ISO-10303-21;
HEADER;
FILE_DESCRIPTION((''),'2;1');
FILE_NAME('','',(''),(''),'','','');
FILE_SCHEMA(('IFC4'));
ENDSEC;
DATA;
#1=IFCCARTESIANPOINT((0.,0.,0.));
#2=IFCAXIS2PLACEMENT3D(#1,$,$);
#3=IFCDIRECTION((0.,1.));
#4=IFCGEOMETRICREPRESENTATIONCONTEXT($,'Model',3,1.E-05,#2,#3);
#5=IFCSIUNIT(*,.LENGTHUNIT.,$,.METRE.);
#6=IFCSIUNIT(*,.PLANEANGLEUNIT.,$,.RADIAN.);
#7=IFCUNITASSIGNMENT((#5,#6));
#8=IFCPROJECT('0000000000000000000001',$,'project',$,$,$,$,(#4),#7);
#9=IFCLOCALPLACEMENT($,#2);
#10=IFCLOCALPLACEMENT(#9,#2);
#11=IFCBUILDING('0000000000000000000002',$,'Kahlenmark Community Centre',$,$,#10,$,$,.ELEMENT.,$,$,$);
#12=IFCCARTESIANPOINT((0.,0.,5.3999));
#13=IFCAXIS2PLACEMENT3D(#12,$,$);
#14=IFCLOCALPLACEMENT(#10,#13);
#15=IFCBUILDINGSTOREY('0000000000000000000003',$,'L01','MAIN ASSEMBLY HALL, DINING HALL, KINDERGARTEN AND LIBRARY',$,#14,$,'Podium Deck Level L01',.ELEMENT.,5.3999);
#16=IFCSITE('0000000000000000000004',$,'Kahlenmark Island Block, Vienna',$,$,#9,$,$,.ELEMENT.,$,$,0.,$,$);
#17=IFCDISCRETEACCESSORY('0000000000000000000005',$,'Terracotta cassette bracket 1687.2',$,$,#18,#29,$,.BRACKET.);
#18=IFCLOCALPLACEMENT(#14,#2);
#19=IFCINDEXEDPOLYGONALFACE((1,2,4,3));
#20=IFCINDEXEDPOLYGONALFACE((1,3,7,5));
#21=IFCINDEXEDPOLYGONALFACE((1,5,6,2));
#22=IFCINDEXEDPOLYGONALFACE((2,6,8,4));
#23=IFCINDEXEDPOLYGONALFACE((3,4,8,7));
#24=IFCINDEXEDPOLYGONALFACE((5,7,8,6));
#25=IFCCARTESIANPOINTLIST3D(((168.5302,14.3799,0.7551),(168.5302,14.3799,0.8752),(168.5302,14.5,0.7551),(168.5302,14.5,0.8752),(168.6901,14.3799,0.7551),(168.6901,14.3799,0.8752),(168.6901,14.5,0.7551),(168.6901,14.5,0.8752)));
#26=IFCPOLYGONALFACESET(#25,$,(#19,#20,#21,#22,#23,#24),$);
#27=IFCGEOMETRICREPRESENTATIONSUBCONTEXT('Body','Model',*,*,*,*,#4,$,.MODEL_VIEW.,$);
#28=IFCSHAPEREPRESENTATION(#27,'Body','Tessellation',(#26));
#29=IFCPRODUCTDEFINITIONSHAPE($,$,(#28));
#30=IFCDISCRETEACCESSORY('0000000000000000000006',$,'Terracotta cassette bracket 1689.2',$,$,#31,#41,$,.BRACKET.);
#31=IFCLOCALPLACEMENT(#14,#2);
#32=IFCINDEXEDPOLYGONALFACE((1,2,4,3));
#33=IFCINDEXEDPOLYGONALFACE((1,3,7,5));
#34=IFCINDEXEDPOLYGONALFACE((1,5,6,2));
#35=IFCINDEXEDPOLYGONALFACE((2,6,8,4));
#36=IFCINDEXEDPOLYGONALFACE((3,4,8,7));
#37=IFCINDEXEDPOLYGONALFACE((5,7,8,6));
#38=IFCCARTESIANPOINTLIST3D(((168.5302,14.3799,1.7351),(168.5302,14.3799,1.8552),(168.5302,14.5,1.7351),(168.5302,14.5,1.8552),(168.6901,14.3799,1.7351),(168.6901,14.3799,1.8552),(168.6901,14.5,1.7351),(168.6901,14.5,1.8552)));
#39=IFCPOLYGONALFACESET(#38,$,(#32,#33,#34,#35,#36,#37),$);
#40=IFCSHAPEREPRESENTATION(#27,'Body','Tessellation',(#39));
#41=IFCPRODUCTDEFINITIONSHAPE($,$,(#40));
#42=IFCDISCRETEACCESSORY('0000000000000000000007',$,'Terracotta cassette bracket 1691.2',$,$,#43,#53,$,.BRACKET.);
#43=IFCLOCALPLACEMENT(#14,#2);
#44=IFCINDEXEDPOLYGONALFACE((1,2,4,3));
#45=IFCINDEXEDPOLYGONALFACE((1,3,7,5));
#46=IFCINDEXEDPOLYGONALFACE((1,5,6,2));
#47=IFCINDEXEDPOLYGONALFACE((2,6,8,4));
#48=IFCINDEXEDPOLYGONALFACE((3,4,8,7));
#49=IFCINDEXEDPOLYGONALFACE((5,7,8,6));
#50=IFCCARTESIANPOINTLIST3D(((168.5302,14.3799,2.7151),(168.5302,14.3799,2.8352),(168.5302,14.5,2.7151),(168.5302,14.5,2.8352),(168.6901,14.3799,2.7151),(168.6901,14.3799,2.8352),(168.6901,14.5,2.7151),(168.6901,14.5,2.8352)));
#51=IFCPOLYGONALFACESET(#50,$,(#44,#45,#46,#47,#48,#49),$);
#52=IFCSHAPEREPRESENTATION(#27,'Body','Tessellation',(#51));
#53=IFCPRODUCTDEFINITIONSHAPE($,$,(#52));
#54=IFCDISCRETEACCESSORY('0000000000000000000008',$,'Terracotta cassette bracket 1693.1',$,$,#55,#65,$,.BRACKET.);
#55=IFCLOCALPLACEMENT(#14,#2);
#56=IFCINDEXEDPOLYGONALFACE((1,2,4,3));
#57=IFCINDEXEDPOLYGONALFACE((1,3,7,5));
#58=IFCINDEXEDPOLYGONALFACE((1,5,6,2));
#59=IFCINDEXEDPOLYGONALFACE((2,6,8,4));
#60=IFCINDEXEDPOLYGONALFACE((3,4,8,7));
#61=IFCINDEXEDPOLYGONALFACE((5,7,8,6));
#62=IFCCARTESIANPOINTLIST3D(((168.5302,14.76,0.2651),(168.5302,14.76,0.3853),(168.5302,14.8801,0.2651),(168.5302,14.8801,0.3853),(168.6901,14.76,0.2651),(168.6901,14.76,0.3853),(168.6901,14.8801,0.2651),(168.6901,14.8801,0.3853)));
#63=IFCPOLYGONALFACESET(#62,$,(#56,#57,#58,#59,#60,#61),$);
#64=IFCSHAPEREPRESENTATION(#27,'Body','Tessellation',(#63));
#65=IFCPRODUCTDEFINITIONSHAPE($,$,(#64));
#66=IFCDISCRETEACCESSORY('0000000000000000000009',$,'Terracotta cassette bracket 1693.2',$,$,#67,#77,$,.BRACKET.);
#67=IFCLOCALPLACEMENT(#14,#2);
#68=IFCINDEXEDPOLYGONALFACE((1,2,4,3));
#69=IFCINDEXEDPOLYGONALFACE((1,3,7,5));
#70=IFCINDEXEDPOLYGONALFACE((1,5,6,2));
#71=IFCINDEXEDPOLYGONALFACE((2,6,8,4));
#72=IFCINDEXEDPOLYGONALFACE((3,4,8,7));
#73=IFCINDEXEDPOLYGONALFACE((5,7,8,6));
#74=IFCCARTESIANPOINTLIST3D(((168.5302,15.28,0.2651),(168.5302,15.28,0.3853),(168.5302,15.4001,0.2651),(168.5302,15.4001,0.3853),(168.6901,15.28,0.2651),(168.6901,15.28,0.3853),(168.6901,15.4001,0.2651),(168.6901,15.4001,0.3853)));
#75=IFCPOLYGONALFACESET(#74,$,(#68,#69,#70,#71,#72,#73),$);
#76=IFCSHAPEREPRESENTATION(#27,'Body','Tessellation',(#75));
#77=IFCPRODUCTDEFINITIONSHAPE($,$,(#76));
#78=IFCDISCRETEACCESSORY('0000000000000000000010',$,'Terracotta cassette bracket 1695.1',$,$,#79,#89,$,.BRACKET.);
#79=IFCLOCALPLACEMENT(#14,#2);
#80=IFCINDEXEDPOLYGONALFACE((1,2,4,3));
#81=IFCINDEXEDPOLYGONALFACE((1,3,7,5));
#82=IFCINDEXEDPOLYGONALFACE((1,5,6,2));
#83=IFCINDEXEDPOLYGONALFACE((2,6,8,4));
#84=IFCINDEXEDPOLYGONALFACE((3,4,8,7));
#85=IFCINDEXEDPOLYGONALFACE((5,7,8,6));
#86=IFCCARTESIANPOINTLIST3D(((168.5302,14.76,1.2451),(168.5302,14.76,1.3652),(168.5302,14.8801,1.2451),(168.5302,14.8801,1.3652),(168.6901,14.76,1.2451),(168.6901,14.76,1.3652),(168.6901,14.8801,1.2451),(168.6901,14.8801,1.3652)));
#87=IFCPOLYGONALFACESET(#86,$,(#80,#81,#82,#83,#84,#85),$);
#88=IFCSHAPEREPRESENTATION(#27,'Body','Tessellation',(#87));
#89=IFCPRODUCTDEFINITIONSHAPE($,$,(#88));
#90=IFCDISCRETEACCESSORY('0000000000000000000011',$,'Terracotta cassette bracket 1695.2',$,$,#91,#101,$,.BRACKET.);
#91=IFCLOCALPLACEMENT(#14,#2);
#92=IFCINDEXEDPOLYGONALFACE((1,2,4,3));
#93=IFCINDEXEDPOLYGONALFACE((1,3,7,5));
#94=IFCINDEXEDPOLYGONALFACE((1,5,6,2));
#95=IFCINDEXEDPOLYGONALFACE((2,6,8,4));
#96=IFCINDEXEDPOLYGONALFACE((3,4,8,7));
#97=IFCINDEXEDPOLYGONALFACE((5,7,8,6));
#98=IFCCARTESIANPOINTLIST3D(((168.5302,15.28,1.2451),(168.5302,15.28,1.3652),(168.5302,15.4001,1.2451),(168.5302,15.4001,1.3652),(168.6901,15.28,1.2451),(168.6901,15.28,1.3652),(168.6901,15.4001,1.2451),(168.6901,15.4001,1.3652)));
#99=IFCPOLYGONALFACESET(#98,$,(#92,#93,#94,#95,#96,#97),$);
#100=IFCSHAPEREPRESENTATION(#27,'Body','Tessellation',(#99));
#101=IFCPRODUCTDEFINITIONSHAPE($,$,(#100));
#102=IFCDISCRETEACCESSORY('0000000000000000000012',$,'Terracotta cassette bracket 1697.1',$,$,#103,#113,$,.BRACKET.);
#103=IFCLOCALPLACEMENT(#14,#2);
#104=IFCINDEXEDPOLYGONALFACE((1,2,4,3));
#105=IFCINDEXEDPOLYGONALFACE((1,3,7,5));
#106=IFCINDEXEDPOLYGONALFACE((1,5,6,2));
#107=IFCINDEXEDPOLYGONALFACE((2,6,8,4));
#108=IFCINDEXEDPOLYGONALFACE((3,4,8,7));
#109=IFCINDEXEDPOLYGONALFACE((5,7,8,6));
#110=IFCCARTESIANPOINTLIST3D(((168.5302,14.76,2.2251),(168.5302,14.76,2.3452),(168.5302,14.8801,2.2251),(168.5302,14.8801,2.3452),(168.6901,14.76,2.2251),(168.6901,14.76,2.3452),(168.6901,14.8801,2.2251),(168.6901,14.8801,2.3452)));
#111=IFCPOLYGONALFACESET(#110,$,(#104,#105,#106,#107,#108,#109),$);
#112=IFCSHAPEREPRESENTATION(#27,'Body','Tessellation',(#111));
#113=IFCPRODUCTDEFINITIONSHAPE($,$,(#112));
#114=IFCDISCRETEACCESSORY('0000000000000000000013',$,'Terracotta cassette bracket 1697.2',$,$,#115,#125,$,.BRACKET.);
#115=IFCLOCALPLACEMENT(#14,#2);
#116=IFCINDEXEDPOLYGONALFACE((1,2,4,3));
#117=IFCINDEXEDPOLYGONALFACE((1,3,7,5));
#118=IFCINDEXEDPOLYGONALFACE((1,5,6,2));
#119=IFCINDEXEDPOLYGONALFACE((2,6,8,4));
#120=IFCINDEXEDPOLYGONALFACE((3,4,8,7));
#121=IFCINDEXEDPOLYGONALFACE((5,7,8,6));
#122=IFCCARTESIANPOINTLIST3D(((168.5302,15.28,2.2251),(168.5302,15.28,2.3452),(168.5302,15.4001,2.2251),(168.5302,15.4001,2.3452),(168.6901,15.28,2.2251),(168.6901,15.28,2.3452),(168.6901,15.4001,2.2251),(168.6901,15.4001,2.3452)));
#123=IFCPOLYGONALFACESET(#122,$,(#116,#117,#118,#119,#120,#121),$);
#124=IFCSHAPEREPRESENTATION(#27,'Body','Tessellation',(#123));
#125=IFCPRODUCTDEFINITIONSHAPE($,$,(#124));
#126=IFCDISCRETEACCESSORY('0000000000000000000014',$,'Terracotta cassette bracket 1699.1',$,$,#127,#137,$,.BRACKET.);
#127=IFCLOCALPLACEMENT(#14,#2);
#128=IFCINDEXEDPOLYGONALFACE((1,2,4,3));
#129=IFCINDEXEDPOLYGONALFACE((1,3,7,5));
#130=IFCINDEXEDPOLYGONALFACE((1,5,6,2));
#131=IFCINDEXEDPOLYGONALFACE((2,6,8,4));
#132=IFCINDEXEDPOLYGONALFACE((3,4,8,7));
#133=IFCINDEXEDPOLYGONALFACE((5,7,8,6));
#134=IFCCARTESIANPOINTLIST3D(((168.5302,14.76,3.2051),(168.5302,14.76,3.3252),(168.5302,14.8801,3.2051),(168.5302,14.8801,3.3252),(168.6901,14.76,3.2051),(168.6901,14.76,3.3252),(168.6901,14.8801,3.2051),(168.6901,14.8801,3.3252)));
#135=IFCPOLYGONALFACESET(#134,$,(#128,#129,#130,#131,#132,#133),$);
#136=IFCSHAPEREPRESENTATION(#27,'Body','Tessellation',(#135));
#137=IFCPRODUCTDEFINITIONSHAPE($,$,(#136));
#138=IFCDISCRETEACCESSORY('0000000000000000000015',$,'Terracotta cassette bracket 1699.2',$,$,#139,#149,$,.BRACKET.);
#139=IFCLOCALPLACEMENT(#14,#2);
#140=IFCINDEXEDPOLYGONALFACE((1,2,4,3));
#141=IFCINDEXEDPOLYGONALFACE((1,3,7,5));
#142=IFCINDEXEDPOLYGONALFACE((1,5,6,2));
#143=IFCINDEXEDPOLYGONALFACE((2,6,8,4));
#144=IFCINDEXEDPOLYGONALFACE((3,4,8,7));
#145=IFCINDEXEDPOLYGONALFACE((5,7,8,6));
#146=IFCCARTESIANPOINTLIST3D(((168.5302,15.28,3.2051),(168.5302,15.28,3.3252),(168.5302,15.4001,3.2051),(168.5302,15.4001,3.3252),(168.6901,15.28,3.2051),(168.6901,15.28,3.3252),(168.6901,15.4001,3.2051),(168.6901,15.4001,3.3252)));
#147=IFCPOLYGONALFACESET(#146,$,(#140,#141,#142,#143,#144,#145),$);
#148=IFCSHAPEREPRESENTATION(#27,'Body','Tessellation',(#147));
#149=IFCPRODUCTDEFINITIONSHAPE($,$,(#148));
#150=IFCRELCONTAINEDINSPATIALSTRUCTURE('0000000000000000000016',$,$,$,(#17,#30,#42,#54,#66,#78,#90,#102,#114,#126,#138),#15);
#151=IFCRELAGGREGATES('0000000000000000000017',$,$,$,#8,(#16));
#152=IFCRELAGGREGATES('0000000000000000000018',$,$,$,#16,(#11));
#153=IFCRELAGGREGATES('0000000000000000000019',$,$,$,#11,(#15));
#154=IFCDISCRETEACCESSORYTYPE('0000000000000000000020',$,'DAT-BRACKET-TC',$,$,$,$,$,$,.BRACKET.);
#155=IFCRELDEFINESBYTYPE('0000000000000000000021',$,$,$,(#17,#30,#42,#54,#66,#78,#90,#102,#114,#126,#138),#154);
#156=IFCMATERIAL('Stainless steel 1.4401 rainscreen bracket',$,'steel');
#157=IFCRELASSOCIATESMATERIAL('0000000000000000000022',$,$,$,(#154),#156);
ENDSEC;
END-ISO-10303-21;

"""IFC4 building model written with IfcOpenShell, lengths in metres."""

from ifc_helpers import new_model, si_unit, direction, frame, origin, origin_2d, place, context, subcontext, project, spatial, rectangle, extrude, material, type_object, element, save


model = new_model("IFC4")

# Units and contexts
model_context = context("Model", 3, precision=1e-05, world=origin(), true_north=direction((0.0, 1.0)))
body_context = subcontext(model_context, "Body", "Model", "MODEL_VIEW")
ifc_project = project(units=[si_unit("LENGTHUNIT", "METRE"), si_unit("PLANEANGLEUNIT", "RADIAN")], contexts=[model_context])

# Site, building, storey
site_placement = place(None, origin())
site = spatial("IfcSite", under=ifc_project, at=site_placement, Name="Kahlenmark Island Block, Vienna", CompositionType="ELEMENT", RefElevation=0.0)
building_placement = place(site_placement, origin())
building = spatial("IfcBuilding", under=site, at=building_placement, Name="Kahlenmark Community Centre", CompositionType="ELEMENT")
storey_placement = place(building_placement, frame((0.0, 0.0, 5.3999)))
storey = spatial("IfcBuildingStorey", under=building, at=storey_placement, Name="L01", Description="MAIN ASSEMBLY HALL, DINING HALL, KINDERGARTEN AND LIBRARY", LongName="Podium Deck Level L01", CompositionType="ELEMENT", Elevation=5.3999)

# Discrete accessories
ifc_material_1 = material(Name="Stainless steel 1.4401 rainscreen bracket", Category="steel")
discrete_accessory_type = type_object("IfcDiscreteAccessoryType", Name="DAT-BRACKET-TC", PredefinedType="BRACKET", material=ifc_material_1)
for number, where, z_axis, x_axis, name in (
    (1, (168.6101, 14.4399, 0.7551), (0.0, 0.0, 1.0), (0.0, 1.0, 0.0), "Terracotta cassette bracket 1687.2"),
    (2, (168.6101, 14.4399, 1.7351), (0.0, 0.0, 1.0), (0.0, 1.0, 0.0), "Terracotta cassette bracket 1689.2"),
    (3, (168.6101, 14.4399, 2.7151), (0.0, 0.0, 1.0), (0.0, 1.0, 0.0), "Terracotta cassette bracket 1691.2"),
    (4, (168.6101, 14.8201, 0.2651), (0.0, 0.0, 1.0), (0.0, 1.0, 0.0), "Terracotta cassette bracket 1693.1"),
    (5, (168.6101, 15.3401, 0.2651), (0.0, 0.0, 1.0), (0.0, 1.0, 0.0), "Terracotta cassette bracket 1693.2"),
    (6, (168.6101, 14.8201, 1.2451), (0.0, 0.0, 1.0), (0.0, 1.0, 0.0), "Terracotta cassette bracket 1695.1"),
    (7, (168.6101, 15.3401, 1.2451), (0.0, 0.0, 1.0), (0.0, 1.0, 0.0), "Terracotta cassette bracket 1695.2"),
    (8, (168.6101, 14.8201, 2.2251), (0.0, 0.0, 1.0), (0.0, 1.0, 0.0), "Terracotta cassette bracket 1697.1"),
    (9, (168.6101, 15.3401, 2.2251), (0.0, 0.0, 1.0), (0.0, 1.0, 0.0), "Terracotta cassette bracket 1697.2"),
    (10, (168.6101, 14.8201, 3.2051), (0.0, 0.0, 1.0), (0.0, 1.0, 0.0), "Terracotta cassette bracket 1699.1"),
    (11, (168.6101, 15.3401, 3.2051), (0.0, 0.0, 1.0), (0.0, 1.0, 0.0), "Terracotta cassette bracket 1699.2"),
):
    element("IfcDiscreteAccessory", number, at=place(storey_placement, frame(where, z_axis=z_axis, x_axis=x_axis)), inside=storey, type_object=discrete_accessory_type, Name=name, PredefinedType="BRACKET", context=body_context, shape_type="SweptSolid", body=[
        extrude(rectangle(XDim=0.1201, YDim=0.1599, at=origin_2d()), origin(), (0.0, 0.0, 1.0), 0.1201),
    ])

save(model, "model.ifc")
